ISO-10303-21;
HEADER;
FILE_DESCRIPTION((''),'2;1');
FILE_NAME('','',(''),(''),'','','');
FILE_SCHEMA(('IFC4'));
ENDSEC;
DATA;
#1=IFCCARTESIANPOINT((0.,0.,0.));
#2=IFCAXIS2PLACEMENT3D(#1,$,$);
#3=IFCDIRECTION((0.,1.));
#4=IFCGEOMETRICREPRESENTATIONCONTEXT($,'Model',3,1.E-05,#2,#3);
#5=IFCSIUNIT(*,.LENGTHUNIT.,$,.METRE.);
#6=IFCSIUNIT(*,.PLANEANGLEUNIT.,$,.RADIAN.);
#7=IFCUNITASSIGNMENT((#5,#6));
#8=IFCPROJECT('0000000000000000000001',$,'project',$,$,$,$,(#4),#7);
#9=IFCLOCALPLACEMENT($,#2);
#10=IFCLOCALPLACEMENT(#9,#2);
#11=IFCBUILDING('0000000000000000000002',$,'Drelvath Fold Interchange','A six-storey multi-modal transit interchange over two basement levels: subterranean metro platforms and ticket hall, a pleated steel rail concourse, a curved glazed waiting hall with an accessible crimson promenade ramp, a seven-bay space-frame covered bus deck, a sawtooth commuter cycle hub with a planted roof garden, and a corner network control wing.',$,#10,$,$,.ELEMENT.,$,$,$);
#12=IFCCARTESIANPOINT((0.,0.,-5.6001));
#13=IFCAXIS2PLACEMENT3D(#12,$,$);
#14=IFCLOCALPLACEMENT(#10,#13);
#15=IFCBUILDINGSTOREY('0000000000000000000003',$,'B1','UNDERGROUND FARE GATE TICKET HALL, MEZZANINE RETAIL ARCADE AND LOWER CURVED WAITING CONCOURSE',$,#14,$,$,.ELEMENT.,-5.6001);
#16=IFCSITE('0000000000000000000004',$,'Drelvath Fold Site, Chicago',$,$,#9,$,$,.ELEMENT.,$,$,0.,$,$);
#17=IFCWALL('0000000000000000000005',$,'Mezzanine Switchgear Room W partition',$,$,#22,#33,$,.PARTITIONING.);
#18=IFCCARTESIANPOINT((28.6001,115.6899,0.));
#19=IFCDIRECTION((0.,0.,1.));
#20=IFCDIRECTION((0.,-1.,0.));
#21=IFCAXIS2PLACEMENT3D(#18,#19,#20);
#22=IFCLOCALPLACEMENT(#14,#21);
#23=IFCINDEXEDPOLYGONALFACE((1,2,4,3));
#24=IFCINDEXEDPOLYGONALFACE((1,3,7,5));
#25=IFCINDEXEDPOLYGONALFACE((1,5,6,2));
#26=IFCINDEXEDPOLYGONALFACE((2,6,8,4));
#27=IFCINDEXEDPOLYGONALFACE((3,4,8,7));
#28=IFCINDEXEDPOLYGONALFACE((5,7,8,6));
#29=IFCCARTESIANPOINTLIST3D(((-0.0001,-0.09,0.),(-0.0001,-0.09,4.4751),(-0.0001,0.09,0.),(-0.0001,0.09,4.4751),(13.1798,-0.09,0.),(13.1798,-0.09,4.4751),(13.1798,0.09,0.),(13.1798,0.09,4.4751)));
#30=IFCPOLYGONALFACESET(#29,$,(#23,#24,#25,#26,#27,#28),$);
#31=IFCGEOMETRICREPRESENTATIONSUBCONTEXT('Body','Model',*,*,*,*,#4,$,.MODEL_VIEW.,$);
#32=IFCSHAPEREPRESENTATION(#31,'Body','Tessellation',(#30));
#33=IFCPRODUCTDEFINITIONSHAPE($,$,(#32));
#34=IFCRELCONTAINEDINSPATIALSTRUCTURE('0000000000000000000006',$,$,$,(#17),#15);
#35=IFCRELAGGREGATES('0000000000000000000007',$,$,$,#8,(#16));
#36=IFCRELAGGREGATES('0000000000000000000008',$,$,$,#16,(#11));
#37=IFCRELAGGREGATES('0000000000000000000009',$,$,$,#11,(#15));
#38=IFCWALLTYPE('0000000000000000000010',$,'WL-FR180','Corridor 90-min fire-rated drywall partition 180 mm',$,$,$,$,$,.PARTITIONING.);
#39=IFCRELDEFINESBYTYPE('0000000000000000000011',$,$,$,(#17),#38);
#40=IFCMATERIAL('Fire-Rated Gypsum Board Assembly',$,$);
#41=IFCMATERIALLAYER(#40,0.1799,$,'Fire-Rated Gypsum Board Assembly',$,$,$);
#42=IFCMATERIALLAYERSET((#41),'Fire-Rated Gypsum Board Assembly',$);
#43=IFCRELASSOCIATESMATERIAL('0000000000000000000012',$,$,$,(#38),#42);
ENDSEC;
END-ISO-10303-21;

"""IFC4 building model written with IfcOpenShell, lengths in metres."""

from ifc_helpers import new_model, si_unit, direction, frame, frame_2d, origin, place, context, subcontext, project, spatial, rectangle, extrude, material, layer, layer_set, type_object, element, save


model = new_model("IFC4")

# Units and contexts
model_context = context("Model", 3, precision=1e-05, world=origin(), true_north=direction((0.0, 1.0)))
body_context = subcontext(model_context, "Body", "Model", "MODEL_VIEW")
ifc_project = project(units=[si_unit("LENGTHUNIT", "METRE"), si_unit("PLANEANGLEUNIT", "RADIAN")], contexts=[model_context])

# Site, building, storey
site_placement = place(None, origin())
site = spatial("IfcSite", under=ifc_project, at=site_placement, Name="Drelvath Fold Site, Chicago", CompositionType="ELEMENT", RefElevation=0.0)
building_placement = place(site_placement, origin())
building = spatial("IfcBuilding", under=site, at=building_placement, Name="Drelvath Fold Interchange", Description="A six-storey multi-modal transit interchange over two basement levels: subterranean metro platforms and ticket hall, a pleated steel rail concourse, a curved glazed waiting hall with an accessible crimson promenade ramp, a seven-bay space-frame covered bus deck, a sawtooth commuter cycle hub with a planted roof garden, and a corner network control wing.", CompositionType="ELEMENT")
storey_placement = place(building_placement, frame((0.0, 0.0, -5.6001)))
storey = spatial("IfcBuildingStorey", under=building, at=storey_placement, Name="B1", Description="UNDERGROUND FARE GATE TICKET HALL, MEZZANINE RETAIL ARCADE AND LOWER CURVED WAITING CONCOURSE", CompositionType="ELEMENT", Elevation=-5.6001)

# Shared definitions
ifc_material_1 = material(Name="Fire-Rated Gypsum Board Assembly")
ifc_layer_1 = layer(ifc_material_1, 0.1799, Name="Fire-Rated Gypsum Board Assembly")
ifc_layer_set_1 = layer_set([ifc_layer_1], Name="Fire-Rated Gypsum Board Assembly")
wall_type_1 = type_object("IfcWallType", Name="WL-FR180", Description="Corridor 90-min fire-rated drywall partition 180 mm", PredefinedType="PARTITIONING", material=ifc_layer_set_1)

# Wall
wall_1_placement = place(storey_placement, frame((28.6001, 115.6899, 0.0), z_axis=(0.0, 0.0, 1.0), x_axis=(0.0, -1.0, 0.0)))
element("IfcWall", 1, at=wall_1_placement, inside=storey, type_object=wall_type_1, Name="Mezzanine Switchgear Room W partition", PredefinedType="PARTITIONING", context=body_context, shape_type="SweptSolid", body=[
    extrude(rectangle(XDim=13.1799, YDim=0.1799, at=frame_2d((6.5898, 0.0))), origin(), (0.0, 0.0, 1.0), 4.4751),
])

save(model, "model.ifc")
